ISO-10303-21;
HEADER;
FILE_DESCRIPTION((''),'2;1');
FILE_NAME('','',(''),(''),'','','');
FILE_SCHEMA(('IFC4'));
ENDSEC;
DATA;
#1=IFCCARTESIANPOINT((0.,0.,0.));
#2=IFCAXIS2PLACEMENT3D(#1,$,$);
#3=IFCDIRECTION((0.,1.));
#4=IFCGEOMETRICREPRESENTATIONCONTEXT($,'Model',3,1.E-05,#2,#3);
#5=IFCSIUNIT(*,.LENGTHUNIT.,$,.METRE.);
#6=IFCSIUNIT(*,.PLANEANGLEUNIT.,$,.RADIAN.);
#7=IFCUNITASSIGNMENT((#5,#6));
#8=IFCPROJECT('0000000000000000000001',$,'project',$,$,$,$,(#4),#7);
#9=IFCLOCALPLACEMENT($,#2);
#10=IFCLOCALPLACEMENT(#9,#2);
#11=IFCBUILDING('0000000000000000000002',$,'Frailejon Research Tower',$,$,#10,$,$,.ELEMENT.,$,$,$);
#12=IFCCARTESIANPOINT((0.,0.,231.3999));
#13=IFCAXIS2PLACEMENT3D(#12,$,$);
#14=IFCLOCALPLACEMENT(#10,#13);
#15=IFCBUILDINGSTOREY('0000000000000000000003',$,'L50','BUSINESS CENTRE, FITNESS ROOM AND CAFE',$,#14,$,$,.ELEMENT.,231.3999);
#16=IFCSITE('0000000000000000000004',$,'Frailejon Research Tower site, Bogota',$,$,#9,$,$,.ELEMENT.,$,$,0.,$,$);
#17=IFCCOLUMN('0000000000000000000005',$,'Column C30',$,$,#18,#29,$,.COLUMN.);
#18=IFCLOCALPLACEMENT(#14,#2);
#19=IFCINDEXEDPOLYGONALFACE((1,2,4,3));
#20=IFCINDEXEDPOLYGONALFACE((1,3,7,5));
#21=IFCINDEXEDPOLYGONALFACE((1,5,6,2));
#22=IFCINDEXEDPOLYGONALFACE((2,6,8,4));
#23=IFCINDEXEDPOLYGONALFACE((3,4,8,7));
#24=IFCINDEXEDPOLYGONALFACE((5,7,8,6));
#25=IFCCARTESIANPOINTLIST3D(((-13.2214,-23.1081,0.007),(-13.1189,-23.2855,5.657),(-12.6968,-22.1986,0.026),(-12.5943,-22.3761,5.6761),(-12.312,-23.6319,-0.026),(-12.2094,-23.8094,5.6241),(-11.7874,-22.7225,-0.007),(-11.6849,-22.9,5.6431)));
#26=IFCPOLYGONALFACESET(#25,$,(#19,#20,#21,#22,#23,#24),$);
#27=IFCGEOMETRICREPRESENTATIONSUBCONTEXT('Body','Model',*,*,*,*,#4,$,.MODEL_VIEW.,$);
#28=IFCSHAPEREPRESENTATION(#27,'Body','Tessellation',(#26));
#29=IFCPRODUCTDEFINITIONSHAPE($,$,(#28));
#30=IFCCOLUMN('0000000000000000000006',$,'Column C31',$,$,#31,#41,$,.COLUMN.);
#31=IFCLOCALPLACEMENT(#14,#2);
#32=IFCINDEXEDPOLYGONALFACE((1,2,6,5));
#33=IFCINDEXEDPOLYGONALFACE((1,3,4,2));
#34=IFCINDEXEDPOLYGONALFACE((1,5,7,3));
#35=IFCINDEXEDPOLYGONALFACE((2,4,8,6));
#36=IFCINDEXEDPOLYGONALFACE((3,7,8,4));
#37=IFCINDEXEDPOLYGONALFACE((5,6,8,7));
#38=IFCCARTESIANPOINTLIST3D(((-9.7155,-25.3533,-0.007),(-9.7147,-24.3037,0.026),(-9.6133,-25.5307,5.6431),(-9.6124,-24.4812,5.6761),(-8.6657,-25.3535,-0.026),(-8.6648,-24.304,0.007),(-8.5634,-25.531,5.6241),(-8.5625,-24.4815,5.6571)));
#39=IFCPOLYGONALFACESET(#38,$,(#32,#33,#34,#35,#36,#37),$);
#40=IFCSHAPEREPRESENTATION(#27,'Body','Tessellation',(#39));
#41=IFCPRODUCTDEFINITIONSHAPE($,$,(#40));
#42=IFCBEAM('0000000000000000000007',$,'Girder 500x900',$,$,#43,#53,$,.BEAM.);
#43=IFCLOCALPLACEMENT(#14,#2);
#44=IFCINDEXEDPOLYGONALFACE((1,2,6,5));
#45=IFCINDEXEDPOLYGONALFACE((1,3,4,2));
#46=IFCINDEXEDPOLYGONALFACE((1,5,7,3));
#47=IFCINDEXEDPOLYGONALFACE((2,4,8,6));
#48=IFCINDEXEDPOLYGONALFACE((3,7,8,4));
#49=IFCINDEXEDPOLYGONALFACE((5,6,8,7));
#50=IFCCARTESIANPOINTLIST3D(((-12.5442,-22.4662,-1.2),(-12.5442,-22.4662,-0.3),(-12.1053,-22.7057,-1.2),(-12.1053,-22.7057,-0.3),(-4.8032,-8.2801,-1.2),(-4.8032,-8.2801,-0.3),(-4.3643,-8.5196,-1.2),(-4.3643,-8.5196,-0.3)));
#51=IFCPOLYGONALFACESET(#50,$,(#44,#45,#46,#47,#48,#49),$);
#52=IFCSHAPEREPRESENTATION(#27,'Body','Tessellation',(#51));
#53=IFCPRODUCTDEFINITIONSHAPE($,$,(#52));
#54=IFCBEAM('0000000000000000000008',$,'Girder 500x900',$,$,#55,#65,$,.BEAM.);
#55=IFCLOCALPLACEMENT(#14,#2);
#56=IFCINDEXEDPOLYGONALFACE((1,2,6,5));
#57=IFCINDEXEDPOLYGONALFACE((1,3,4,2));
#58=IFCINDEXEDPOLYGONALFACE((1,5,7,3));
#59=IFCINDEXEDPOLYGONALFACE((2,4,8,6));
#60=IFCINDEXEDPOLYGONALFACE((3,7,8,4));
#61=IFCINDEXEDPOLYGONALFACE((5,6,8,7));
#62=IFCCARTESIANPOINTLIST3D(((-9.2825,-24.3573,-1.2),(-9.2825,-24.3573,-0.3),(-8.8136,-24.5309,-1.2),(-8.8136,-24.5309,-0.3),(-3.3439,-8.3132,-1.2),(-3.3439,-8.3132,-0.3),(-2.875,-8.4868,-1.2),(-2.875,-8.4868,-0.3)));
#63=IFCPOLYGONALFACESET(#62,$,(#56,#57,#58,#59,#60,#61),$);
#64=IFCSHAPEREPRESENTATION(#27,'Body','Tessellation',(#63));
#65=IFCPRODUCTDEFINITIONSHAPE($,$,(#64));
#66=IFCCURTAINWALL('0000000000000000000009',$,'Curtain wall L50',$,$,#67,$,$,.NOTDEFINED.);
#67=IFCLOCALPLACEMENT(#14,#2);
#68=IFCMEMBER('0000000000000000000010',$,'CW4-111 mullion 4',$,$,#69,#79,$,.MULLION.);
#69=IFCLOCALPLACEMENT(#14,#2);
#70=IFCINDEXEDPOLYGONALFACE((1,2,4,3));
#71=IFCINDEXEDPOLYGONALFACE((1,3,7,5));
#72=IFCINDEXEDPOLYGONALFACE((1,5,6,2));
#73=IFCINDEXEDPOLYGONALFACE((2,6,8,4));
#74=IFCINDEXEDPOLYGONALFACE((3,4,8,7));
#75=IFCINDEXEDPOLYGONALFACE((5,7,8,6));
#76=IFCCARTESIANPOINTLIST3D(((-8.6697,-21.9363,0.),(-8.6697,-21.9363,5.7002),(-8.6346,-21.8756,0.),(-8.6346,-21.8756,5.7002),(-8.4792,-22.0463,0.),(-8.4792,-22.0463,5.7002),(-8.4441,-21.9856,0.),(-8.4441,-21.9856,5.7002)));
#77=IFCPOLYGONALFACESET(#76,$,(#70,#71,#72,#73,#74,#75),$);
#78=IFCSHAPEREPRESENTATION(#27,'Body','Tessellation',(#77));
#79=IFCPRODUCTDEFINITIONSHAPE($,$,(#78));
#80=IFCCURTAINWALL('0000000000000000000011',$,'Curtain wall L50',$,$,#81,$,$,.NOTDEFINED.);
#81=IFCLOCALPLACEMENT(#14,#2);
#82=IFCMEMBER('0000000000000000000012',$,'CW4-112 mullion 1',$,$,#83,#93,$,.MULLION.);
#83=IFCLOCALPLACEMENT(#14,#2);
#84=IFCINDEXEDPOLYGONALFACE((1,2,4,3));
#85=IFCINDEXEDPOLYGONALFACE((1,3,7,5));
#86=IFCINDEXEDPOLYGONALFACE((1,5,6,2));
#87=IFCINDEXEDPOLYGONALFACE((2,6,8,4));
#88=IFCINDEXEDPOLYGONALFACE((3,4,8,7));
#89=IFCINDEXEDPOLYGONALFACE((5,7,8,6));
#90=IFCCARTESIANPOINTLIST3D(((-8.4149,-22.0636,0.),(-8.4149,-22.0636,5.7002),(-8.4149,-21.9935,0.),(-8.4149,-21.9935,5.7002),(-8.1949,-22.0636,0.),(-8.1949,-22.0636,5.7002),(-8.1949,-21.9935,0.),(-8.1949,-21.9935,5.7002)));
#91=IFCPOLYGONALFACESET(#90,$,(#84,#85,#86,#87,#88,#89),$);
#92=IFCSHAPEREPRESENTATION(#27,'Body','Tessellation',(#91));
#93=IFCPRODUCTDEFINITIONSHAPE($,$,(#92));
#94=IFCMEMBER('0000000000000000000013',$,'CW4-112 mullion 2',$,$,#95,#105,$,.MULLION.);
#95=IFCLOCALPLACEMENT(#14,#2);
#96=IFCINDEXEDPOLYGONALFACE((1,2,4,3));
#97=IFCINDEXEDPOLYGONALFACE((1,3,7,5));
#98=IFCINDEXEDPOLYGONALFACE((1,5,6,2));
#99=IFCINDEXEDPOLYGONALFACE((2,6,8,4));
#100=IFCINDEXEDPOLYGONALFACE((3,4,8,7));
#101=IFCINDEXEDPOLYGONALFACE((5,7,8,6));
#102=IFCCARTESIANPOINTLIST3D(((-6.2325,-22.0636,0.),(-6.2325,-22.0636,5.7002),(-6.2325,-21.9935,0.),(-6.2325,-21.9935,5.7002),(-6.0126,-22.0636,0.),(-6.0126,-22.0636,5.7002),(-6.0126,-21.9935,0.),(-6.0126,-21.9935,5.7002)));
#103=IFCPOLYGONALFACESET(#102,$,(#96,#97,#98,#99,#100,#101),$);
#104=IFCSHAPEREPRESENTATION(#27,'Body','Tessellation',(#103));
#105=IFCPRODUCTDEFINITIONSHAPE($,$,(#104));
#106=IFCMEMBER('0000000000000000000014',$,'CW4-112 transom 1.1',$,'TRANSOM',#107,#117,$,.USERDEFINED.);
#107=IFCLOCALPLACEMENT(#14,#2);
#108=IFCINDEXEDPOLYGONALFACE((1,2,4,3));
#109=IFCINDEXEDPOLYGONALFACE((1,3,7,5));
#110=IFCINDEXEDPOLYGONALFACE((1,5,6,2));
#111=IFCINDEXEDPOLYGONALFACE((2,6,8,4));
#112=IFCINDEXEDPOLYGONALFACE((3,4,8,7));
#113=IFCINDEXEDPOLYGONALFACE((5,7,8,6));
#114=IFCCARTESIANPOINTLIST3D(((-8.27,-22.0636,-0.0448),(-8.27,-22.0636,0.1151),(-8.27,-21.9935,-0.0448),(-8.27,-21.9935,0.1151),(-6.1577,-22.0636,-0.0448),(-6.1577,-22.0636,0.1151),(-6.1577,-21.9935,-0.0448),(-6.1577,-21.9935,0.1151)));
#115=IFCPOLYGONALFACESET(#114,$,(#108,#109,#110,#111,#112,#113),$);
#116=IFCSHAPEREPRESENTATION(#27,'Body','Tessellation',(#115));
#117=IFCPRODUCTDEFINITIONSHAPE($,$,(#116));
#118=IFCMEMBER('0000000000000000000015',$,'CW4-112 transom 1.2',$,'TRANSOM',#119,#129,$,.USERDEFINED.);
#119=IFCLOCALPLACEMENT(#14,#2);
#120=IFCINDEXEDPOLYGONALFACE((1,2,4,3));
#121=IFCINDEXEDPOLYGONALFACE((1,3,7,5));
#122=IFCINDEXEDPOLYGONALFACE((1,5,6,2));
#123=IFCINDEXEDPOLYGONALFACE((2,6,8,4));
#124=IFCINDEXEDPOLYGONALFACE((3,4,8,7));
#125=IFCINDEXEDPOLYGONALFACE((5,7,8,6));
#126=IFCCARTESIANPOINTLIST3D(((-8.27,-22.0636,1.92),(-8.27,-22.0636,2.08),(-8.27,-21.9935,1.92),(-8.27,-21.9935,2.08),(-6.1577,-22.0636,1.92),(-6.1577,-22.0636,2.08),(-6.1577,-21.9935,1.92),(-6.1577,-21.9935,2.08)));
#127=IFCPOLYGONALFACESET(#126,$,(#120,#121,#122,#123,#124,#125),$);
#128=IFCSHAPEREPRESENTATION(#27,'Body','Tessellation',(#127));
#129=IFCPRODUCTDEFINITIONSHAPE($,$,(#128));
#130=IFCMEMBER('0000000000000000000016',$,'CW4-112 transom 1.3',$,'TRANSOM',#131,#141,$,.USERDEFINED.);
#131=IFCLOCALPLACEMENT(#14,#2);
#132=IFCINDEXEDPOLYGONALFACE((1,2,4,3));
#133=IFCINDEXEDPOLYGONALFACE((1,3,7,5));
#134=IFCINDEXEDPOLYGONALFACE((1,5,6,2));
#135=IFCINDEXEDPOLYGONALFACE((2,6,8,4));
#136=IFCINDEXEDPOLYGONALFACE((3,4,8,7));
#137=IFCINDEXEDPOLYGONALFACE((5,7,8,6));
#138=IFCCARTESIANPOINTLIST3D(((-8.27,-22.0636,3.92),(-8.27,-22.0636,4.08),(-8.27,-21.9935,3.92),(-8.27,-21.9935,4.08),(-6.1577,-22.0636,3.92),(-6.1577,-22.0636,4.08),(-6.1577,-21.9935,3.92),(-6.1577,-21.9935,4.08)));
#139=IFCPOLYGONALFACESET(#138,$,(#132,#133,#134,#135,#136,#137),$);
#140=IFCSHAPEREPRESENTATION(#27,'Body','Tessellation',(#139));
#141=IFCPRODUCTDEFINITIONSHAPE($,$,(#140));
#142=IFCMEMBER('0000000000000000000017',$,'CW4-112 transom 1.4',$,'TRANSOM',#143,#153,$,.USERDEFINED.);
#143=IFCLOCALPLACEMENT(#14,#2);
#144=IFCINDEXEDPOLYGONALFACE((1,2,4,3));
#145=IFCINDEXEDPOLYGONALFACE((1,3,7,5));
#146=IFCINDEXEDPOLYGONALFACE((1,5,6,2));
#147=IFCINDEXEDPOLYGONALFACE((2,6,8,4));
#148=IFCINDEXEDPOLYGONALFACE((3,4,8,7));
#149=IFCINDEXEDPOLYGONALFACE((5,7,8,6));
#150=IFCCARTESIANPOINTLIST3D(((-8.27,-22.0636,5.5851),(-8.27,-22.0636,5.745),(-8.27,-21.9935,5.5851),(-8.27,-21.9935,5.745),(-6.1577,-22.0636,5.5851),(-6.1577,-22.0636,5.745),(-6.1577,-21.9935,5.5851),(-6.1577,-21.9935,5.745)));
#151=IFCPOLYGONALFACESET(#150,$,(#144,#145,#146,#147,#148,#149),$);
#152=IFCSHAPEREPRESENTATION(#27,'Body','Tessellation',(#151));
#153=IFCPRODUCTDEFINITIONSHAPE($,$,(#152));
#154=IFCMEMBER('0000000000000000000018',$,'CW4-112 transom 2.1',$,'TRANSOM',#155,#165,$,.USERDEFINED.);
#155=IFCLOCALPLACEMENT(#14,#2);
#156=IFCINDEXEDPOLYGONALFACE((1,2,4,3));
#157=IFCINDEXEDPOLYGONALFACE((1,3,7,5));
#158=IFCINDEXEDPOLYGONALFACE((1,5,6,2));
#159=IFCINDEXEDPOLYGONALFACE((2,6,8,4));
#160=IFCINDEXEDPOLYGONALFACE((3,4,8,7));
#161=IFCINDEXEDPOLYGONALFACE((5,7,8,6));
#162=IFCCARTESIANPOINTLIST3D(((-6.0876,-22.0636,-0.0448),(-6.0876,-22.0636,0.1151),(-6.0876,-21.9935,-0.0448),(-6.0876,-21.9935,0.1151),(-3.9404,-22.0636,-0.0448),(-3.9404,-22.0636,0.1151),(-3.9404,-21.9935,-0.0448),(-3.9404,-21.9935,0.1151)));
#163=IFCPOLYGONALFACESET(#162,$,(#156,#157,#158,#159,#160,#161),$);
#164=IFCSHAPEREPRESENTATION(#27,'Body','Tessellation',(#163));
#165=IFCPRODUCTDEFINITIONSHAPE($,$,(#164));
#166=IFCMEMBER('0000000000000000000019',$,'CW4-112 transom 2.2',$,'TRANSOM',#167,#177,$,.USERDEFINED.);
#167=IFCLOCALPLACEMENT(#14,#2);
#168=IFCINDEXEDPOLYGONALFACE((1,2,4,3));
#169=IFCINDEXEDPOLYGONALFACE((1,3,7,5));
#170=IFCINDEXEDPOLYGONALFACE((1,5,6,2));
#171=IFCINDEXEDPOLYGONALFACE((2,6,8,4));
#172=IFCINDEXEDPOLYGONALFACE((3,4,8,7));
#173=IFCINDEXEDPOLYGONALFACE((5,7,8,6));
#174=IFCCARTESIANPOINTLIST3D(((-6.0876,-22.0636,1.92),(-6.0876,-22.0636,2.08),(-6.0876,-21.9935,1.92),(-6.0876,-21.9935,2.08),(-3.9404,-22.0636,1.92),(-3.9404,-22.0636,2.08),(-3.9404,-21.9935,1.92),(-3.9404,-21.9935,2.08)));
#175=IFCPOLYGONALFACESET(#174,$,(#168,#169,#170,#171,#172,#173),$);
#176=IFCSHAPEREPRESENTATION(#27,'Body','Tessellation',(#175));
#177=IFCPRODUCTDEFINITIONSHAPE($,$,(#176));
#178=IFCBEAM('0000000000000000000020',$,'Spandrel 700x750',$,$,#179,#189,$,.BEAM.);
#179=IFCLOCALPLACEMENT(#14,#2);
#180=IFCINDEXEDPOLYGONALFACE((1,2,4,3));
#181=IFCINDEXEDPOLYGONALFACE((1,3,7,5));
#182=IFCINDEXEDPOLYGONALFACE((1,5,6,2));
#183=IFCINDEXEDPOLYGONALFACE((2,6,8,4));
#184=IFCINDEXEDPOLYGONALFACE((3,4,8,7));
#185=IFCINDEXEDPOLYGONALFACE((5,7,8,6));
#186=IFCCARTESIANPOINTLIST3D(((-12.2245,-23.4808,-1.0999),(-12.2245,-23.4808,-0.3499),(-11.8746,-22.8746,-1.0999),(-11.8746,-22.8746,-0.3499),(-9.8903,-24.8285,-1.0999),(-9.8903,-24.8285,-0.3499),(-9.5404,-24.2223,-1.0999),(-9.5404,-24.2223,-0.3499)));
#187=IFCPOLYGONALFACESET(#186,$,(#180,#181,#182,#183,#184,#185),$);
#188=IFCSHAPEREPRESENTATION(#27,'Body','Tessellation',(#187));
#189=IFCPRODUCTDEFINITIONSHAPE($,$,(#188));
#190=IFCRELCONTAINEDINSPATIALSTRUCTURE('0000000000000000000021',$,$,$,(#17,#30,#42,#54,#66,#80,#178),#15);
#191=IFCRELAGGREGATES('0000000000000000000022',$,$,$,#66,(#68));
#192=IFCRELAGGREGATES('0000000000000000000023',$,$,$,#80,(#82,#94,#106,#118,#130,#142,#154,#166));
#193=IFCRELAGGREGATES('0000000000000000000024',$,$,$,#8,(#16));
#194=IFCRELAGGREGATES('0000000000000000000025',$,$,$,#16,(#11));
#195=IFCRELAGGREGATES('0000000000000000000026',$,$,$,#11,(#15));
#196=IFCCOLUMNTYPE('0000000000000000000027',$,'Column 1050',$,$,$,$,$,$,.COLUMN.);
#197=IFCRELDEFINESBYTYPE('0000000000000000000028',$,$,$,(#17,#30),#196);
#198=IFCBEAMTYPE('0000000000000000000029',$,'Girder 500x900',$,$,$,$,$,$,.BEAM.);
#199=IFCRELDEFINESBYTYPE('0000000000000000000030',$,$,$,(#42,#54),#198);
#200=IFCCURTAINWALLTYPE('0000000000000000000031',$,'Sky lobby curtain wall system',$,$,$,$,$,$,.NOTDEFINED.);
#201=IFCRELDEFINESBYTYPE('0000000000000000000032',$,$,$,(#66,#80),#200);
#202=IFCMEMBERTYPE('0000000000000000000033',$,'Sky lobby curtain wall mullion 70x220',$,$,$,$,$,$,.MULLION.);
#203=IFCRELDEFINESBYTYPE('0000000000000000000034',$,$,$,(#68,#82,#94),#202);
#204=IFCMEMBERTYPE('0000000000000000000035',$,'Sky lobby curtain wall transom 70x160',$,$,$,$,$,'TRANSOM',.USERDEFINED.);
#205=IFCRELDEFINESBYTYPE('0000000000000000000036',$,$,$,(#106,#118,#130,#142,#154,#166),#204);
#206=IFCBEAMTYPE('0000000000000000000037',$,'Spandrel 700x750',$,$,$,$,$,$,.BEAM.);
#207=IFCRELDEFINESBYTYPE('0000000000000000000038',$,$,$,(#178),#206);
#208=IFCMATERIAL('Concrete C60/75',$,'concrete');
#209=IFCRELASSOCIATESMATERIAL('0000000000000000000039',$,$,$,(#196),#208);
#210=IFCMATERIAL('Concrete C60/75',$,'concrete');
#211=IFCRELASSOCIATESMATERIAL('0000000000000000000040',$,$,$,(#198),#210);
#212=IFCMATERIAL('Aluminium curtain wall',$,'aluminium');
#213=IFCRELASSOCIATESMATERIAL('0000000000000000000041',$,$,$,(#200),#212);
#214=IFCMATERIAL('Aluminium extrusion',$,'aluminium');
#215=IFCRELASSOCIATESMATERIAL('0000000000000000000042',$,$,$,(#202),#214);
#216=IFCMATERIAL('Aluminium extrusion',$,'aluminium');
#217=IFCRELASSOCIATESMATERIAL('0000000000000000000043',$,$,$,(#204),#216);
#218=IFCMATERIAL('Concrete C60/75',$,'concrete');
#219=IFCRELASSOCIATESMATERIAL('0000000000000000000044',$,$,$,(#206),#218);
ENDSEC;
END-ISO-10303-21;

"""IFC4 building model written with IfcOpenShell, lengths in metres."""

from ifc_helpers import new_model, si_unit, direction, frame, origin, origin_2d, place, context, subcontext, project, spatial, rectangle, extrude, material, material_profile, profile_set, type_object, element, aggregate, save


model = new_model("IFC4")

# Units and contexts
model_context = context("Model", 3, precision=1e-05, world=origin(), true_north=direction((0.0, 1.0)))
body_context = subcontext(model_context, "Body", "Model", "MODEL_VIEW")
ifc_project = project(units=[si_unit("LENGTHUNIT", "METRE"), si_unit("PLANEANGLEUNIT", "RADIAN")], contexts=[model_context])

# Site, building, storey
site_placement = place(None, origin())
site = spatial("IfcSite", under=ifc_project, at=site_placement, Name="Frailejon Research Tower site, Bogota", CompositionType="ELEMENT", RefElevation=0.0)
building_placement = place(site_placement, origin())
building = spatial("IfcBuilding", under=site, at=building_placement, Name="Frailejon Research Tower", CompositionType="ELEMENT")
storey_placement = place(building_placement, frame((0.0, 0.0, 231.3999)))
storey = spatial("IfcBuildingStorey", under=building, at=storey_placement, Name="L50", Description="BUSINESS CENTRE, FITNESS ROOM AND CAFE", CompositionType="ELEMENT", Elevation=231.3999)

# Columns
ifc_material_1 = material(Name="Concrete C60/75", Category="concrete")
ifc_material_profile_1 = material_profile(ifc_material_1, rectangle(XDim=1.05, YDim=1.05, at=origin_2d()), Name="Column 1050")
ifc_profile_set_1 = profile_set([ifc_material_profile_1], Name="Concrete C60/75")
column_type = type_object("IfcColumnType", Name="Column 1050", PredefinedType="COLUMN", material=ifc_profile_set_1)
for number, where, z_axis, x_axis, name in (
    (1, (-12.5044, -22.9153, 0.0), (0.018136, -0.031393, 0.999343), (0.866081, -0.498917, -0.03139), "Column C30"),
    (2, (-9.1902, -24.8286, 0.0), (0.018093, -0.031393, 0.999343), (0.999836, -0.000234, -0.018109), "Column C31"),
):
    element("IfcColumn", number, at=place(storey_placement, frame(where, z_axis=z_axis, x_axis=x_axis)), inside=storey, type_object=column_type, Name=name, PredefinedType="COLUMN", context=body_context, shape_type="SweptSolid", body=[
        extrude(rectangle(XDim=1.05, YDim=1.05, at=origin_2d()), origin(), (0.0, 0.0, 1.0), 5.6538),
    ])

# Beams
ifc_material_2 = material(Name="Concrete C60/75", Category="concrete")
ifc_material_profile_2 = material_profile(ifc_material_2, rectangle(XDim=0.5, YDim=0.8999, at=origin_2d()), Name="Girder 500x900")
ifc_profile_set_2 = profile_set([ifc_material_profile_2], Name="Concrete C60/75")
beam_type_1 = type_object("IfcBeamType", Name="Girder 500x900", PredefinedType="BEAM", material=ifc_profile_set_2)
beam_1_placement = place(storey_placement, frame((-12.3247, -22.5859, -0.75), z_axis=(0.479001, 0.877814, 0.0), x_axis=(-0.877814, 0.479001, 0.0)))
element("IfcBeam", 3, at=beam_1_placement, inside=storey, type_object=beam_type_1, Name="Girder 500x900", PredefinedType="BEAM", context=body_context, shape_type="SweptSolid", body=[
    extrude(rectangle(XDim=0.5, YDim=0.8999, at=origin_2d()), origin(), (0.0, 0.0, 1.0), 16.1606),
])
beam_2_placement = place(storey_placement, frame((-9.0481, -24.4441, -0.75), z_axis=(0.347131, 0.937817, 0.0), x_axis=(-0.937817, 0.347131, 0.0)))
element("IfcBeam", 4, at=beam_2_placement, inside=storey, type_object=beam_type_1, Name="Girder 500x900", PredefinedType="BEAM", context=body_context, shape_type="SweptSolid", body=[
    extrude(rectangle(XDim=0.5, YDim=0.8999, at=origin_2d()), origin(), (0.0, 0.0, 1.0), 17.1079),
])

# Curtain wall, member
ifc_material_3 = material(Name="Aluminium curtain wall", Category="aluminium")
curtain_wall_type = type_object("IfcCurtainWallType", Name="Sky lobby curtain wall system", PredefinedType="NOTDEFINED", material=ifc_material_3)
curtain_wall_1_placement = place(storey_placement, origin())
curtain_wall_1 = element("IfcCurtainWall", 5, at=curtain_wall_1_placement, inside=storey, type_object=curtain_wall_type, Name="Curtain wall L50", PredefinedType="NOTDEFINED")
ifc_material_4 = material(Name="Aluminium extrusion", Category="aluminium")
ifc_material_profile_3 = material_profile(ifc_material_4, rectangle(XDim=0.0701, YDim=0.22, at=origin_2d()), Name="Sky lobby curtain wall mullion 70x220")
ifc_profile_set_3 = profile_set([ifc_material_profile_3], Name="Aluminium extrusion")
member_type_1 = type_object("IfcMemberType", Name="Sky lobby curtain wall mullion 70x220", PredefinedType="MULLION", material=ifc_profile_set_3)
member_1_placement = place(storey_placement, frame((-8.5569, -21.9609, 0.0), z_axis=(0.0, 0.0, 1.0), x_axis=(0.499991, 0.866031, 0.0)))
member_1 = element("IfcMember", 6, at=member_1_placement, type_object=member_type_1, Name="CW4-111 mullion 4", PredefinedType="MULLION", context=body_context, shape_type="SweptSolid", body=[
    extrude(rectangle(XDim=0.0701, YDim=0.22, at=origin_2d()), origin(), (0.0, 0.0, 1.0), 5.7002),
])

# Curtain wall, members
curtain_wall_2_placement = place(storey_placement, origin())
curtain_wall_2 = element("IfcCurtainWall", 7, at=curtain_wall_2_placement, inside=storey, type_object=curtain_wall_type, Name="Curtain wall L50", PredefinedType="NOTDEFINED")
member_2_placement = place(storey_placement, frame((-8.3049, -22.0286, 0.0), z_axis=(0.0, 0.0, 1.0), x_axis=(0.0, 1.0, 0.0)))
member_2 = element("IfcMember", 8, at=member_2_placement, type_object=member_type_1, Name="CW4-112 mullion 1", PredefinedType="MULLION", context=body_context, shape_type="SweptSolid", body=[
    extrude(rectangle(XDim=0.0701, YDim=0.22, at=origin_2d()), origin(), (0.0, 0.0, 1.0), 5.7002),
])
member_3_placement = place(storey_placement, frame((-6.1226, -22.0286, 0.0), z_axis=(0.0, 0.0, 1.0), x_axis=(0.0, 1.0, 0.0)))
member_3 = element("IfcMember", 9, at=member_3_placement, type_object=member_type_1, Name="CW4-112 mullion 2", PredefinedType="MULLION", context=body_context, shape_type="SweptSolid", body=[
    extrude(rectangle(XDim=0.0701, YDim=0.22, at=origin_2d()), origin(), (0.0, 0.0, 1.0), 5.7002),
])
ifc_material_5 = material(Name="Aluminium extrusion", Category="aluminium")
ifc_material_profile_4 = material_profile(ifc_material_5, rectangle(XDim=0.0701, YDim=0.1599, at=origin_2d()), Name="Sky lobby curtain wall transom 70x160")
ifc_profile_set_4 = profile_set([ifc_material_profile_4], Name="Aluminium extrusion")
member_type_2 = type_object("IfcMemberType", Name="Sky lobby curtain wall transom 70x160", ElementType="TRANSOM", PredefinedType="USERDEFINED", material=ifc_profile_set_4)
member_4_placement = place(storey_placement, frame((-8.27, -22.0286, 0.0352), z_axis=(1.0, 0.0, 0.0), x_axis=(0.0, 1.0, 0.0)))
member_4 = element("IfcMember", 10, at=member_4_placement, type_object=member_type_2, Name="CW4-112 transom 1.1", ObjectType="TRANSOM", PredefinedType="USERDEFINED", context=body_context, shape_type="SweptSolid", body=[
    extrude(rectangle(XDim=0.0701, YDim=0.1599, at=origin_2d()), origin(), (0.0, 0.0, 1.0), 2.1123),
])
member_5_placement = place(storey_placement, frame((-8.27, -22.0286, 2.0), z_axis=(1.0, 0.0, 0.0), x_axis=(0.0, 1.0, 0.0)))
member_5 = element("IfcMember", 11, at=member_5_placement, type_object=member_type_2, Name="CW4-112 transom 1.2", ObjectType="TRANSOM", PredefinedType="USERDEFINED", context=body_context, shape_type="SweptSolid", body=[
    extrude(rectangle(XDim=0.0701, YDim=0.1599, at=origin_2d()), origin(), (0.0, 0.0, 1.0), 2.1123),
])
member_6_placement = place(storey_placement, frame((-8.27, -22.0286, 4.0), z_axis=(1.0, 0.0, 0.0), x_axis=(0.0, 1.0, 0.0)))
member_6 = element("IfcMember", 12, at=member_6_placement, type_object=member_type_2, Name="CW4-112 transom 1.3", ObjectType="TRANSOM", PredefinedType="USERDEFINED", context=body_context, shape_type="SweptSolid", body=[
    extrude(rectangle(XDim=0.0701, YDim=0.1599, at=origin_2d()), origin(), (0.0, 0.0, 1.0), 2.1123),
])
member_7_placement = place(storey_placement, frame((-8.27, -22.0286, 5.665), z_axis=(1.0, 0.0, 0.0), x_axis=(0.0, 1.0, 0.0)))
member_7 = element("IfcMember", 13, at=member_7_placement, type_object=member_type_2, Name="CW4-112 transom 1.4", ObjectType="TRANSOM", PredefinedType="USERDEFINED", context=body_context, shape_type="SweptSolid", body=[
    extrude(rectangle(XDim=0.0701, YDim=0.1599, at=origin_2d()), origin(), (0.0, 0.0, 1.0), 2.1123),
])
member_8_placement = place(storey_placement, frame((-6.0876, -22.0286, 0.0352), z_axis=(1.0, 0.0, 0.0), x_axis=(0.0, 1.0, 0.0)))
member_8 = element("IfcMember", 14, at=member_8_placement, type_object=member_type_2, Name="CW4-112 transom 2.1", ObjectType="TRANSOM", PredefinedType="USERDEFINED", context=body_context, shape_type="SweptSolid", body=[
    extrude(rectangle(XDim=0.0701, YDim=0.1599, at=origin_2d()), origin(), (0.0, 0.0, 1.0), 2.1472),
])
member_9_placement = place(storey_placement, frame((-6.0876, -22.0286, 2.0), z_axis=(1.0, 0.0, 0.0), x_axis=(0.0, 1.0, 0.0)))
member_9 = element("IfcMember", 15, at=member_9_placement, type_object=member_type_2, Name="CW4-112 transom 2.2", ObjectType="TRANSOM", PredefinedType="USERDEFINED", context=body_context, shape_type="SweptSolid", body=[
    extrude(rectangle(XDim=0.0701, YDim=0.1599, at=origin_2d()), origin(), (0.0, 0.0, 1.0), 2.1472),
])

# Beam
ifc_material_6 = material(Name="Concrete C60/75", Category="concrete")
ifc_material_profile_5 = material_profile(ifc_material_6, rectangle(XDim=0.7, YDim=0.75, at=origin_2d()), Name="Spandrel 700x750")
ifc_profile_set_5 = profile_set([ifc_material_profile_5], Name="Concrete C60/75")
beam_type_2 = type_object("IfcBeamType", Name="Spandrel 700x750", PredefinedType="BEAM", material=ifc_profile_set_5)
beam_3_placement = place(storey_placement, frame((-12.0496, -23.1777, -0.7249), z_axis=(0.866027, -0.499997, 0.0), x_axis=(0.499997, 0.866027, 0.0)))
element("IfcBeam", 16, at=beam_3_placement, inside=storey, type_object=beam_type_2, Name="Spandrel 700x750", PredefinedType="BEAM", context=body_context, shape_type="SweptSolid", body=[
    extrude(rectangle(XDim=0.7, YDim=0.75, at=origin_2d()), origin(), (0.0, 0.0, 1.0), 2.6953),
])

aggregate(curtain_wall_1, [member_1])
aggregate(curtain_wall_2, [member_2, member_3, member_4, member_5, member_6, member_7, member_8, member_9])

save(model, "model.ifc")
